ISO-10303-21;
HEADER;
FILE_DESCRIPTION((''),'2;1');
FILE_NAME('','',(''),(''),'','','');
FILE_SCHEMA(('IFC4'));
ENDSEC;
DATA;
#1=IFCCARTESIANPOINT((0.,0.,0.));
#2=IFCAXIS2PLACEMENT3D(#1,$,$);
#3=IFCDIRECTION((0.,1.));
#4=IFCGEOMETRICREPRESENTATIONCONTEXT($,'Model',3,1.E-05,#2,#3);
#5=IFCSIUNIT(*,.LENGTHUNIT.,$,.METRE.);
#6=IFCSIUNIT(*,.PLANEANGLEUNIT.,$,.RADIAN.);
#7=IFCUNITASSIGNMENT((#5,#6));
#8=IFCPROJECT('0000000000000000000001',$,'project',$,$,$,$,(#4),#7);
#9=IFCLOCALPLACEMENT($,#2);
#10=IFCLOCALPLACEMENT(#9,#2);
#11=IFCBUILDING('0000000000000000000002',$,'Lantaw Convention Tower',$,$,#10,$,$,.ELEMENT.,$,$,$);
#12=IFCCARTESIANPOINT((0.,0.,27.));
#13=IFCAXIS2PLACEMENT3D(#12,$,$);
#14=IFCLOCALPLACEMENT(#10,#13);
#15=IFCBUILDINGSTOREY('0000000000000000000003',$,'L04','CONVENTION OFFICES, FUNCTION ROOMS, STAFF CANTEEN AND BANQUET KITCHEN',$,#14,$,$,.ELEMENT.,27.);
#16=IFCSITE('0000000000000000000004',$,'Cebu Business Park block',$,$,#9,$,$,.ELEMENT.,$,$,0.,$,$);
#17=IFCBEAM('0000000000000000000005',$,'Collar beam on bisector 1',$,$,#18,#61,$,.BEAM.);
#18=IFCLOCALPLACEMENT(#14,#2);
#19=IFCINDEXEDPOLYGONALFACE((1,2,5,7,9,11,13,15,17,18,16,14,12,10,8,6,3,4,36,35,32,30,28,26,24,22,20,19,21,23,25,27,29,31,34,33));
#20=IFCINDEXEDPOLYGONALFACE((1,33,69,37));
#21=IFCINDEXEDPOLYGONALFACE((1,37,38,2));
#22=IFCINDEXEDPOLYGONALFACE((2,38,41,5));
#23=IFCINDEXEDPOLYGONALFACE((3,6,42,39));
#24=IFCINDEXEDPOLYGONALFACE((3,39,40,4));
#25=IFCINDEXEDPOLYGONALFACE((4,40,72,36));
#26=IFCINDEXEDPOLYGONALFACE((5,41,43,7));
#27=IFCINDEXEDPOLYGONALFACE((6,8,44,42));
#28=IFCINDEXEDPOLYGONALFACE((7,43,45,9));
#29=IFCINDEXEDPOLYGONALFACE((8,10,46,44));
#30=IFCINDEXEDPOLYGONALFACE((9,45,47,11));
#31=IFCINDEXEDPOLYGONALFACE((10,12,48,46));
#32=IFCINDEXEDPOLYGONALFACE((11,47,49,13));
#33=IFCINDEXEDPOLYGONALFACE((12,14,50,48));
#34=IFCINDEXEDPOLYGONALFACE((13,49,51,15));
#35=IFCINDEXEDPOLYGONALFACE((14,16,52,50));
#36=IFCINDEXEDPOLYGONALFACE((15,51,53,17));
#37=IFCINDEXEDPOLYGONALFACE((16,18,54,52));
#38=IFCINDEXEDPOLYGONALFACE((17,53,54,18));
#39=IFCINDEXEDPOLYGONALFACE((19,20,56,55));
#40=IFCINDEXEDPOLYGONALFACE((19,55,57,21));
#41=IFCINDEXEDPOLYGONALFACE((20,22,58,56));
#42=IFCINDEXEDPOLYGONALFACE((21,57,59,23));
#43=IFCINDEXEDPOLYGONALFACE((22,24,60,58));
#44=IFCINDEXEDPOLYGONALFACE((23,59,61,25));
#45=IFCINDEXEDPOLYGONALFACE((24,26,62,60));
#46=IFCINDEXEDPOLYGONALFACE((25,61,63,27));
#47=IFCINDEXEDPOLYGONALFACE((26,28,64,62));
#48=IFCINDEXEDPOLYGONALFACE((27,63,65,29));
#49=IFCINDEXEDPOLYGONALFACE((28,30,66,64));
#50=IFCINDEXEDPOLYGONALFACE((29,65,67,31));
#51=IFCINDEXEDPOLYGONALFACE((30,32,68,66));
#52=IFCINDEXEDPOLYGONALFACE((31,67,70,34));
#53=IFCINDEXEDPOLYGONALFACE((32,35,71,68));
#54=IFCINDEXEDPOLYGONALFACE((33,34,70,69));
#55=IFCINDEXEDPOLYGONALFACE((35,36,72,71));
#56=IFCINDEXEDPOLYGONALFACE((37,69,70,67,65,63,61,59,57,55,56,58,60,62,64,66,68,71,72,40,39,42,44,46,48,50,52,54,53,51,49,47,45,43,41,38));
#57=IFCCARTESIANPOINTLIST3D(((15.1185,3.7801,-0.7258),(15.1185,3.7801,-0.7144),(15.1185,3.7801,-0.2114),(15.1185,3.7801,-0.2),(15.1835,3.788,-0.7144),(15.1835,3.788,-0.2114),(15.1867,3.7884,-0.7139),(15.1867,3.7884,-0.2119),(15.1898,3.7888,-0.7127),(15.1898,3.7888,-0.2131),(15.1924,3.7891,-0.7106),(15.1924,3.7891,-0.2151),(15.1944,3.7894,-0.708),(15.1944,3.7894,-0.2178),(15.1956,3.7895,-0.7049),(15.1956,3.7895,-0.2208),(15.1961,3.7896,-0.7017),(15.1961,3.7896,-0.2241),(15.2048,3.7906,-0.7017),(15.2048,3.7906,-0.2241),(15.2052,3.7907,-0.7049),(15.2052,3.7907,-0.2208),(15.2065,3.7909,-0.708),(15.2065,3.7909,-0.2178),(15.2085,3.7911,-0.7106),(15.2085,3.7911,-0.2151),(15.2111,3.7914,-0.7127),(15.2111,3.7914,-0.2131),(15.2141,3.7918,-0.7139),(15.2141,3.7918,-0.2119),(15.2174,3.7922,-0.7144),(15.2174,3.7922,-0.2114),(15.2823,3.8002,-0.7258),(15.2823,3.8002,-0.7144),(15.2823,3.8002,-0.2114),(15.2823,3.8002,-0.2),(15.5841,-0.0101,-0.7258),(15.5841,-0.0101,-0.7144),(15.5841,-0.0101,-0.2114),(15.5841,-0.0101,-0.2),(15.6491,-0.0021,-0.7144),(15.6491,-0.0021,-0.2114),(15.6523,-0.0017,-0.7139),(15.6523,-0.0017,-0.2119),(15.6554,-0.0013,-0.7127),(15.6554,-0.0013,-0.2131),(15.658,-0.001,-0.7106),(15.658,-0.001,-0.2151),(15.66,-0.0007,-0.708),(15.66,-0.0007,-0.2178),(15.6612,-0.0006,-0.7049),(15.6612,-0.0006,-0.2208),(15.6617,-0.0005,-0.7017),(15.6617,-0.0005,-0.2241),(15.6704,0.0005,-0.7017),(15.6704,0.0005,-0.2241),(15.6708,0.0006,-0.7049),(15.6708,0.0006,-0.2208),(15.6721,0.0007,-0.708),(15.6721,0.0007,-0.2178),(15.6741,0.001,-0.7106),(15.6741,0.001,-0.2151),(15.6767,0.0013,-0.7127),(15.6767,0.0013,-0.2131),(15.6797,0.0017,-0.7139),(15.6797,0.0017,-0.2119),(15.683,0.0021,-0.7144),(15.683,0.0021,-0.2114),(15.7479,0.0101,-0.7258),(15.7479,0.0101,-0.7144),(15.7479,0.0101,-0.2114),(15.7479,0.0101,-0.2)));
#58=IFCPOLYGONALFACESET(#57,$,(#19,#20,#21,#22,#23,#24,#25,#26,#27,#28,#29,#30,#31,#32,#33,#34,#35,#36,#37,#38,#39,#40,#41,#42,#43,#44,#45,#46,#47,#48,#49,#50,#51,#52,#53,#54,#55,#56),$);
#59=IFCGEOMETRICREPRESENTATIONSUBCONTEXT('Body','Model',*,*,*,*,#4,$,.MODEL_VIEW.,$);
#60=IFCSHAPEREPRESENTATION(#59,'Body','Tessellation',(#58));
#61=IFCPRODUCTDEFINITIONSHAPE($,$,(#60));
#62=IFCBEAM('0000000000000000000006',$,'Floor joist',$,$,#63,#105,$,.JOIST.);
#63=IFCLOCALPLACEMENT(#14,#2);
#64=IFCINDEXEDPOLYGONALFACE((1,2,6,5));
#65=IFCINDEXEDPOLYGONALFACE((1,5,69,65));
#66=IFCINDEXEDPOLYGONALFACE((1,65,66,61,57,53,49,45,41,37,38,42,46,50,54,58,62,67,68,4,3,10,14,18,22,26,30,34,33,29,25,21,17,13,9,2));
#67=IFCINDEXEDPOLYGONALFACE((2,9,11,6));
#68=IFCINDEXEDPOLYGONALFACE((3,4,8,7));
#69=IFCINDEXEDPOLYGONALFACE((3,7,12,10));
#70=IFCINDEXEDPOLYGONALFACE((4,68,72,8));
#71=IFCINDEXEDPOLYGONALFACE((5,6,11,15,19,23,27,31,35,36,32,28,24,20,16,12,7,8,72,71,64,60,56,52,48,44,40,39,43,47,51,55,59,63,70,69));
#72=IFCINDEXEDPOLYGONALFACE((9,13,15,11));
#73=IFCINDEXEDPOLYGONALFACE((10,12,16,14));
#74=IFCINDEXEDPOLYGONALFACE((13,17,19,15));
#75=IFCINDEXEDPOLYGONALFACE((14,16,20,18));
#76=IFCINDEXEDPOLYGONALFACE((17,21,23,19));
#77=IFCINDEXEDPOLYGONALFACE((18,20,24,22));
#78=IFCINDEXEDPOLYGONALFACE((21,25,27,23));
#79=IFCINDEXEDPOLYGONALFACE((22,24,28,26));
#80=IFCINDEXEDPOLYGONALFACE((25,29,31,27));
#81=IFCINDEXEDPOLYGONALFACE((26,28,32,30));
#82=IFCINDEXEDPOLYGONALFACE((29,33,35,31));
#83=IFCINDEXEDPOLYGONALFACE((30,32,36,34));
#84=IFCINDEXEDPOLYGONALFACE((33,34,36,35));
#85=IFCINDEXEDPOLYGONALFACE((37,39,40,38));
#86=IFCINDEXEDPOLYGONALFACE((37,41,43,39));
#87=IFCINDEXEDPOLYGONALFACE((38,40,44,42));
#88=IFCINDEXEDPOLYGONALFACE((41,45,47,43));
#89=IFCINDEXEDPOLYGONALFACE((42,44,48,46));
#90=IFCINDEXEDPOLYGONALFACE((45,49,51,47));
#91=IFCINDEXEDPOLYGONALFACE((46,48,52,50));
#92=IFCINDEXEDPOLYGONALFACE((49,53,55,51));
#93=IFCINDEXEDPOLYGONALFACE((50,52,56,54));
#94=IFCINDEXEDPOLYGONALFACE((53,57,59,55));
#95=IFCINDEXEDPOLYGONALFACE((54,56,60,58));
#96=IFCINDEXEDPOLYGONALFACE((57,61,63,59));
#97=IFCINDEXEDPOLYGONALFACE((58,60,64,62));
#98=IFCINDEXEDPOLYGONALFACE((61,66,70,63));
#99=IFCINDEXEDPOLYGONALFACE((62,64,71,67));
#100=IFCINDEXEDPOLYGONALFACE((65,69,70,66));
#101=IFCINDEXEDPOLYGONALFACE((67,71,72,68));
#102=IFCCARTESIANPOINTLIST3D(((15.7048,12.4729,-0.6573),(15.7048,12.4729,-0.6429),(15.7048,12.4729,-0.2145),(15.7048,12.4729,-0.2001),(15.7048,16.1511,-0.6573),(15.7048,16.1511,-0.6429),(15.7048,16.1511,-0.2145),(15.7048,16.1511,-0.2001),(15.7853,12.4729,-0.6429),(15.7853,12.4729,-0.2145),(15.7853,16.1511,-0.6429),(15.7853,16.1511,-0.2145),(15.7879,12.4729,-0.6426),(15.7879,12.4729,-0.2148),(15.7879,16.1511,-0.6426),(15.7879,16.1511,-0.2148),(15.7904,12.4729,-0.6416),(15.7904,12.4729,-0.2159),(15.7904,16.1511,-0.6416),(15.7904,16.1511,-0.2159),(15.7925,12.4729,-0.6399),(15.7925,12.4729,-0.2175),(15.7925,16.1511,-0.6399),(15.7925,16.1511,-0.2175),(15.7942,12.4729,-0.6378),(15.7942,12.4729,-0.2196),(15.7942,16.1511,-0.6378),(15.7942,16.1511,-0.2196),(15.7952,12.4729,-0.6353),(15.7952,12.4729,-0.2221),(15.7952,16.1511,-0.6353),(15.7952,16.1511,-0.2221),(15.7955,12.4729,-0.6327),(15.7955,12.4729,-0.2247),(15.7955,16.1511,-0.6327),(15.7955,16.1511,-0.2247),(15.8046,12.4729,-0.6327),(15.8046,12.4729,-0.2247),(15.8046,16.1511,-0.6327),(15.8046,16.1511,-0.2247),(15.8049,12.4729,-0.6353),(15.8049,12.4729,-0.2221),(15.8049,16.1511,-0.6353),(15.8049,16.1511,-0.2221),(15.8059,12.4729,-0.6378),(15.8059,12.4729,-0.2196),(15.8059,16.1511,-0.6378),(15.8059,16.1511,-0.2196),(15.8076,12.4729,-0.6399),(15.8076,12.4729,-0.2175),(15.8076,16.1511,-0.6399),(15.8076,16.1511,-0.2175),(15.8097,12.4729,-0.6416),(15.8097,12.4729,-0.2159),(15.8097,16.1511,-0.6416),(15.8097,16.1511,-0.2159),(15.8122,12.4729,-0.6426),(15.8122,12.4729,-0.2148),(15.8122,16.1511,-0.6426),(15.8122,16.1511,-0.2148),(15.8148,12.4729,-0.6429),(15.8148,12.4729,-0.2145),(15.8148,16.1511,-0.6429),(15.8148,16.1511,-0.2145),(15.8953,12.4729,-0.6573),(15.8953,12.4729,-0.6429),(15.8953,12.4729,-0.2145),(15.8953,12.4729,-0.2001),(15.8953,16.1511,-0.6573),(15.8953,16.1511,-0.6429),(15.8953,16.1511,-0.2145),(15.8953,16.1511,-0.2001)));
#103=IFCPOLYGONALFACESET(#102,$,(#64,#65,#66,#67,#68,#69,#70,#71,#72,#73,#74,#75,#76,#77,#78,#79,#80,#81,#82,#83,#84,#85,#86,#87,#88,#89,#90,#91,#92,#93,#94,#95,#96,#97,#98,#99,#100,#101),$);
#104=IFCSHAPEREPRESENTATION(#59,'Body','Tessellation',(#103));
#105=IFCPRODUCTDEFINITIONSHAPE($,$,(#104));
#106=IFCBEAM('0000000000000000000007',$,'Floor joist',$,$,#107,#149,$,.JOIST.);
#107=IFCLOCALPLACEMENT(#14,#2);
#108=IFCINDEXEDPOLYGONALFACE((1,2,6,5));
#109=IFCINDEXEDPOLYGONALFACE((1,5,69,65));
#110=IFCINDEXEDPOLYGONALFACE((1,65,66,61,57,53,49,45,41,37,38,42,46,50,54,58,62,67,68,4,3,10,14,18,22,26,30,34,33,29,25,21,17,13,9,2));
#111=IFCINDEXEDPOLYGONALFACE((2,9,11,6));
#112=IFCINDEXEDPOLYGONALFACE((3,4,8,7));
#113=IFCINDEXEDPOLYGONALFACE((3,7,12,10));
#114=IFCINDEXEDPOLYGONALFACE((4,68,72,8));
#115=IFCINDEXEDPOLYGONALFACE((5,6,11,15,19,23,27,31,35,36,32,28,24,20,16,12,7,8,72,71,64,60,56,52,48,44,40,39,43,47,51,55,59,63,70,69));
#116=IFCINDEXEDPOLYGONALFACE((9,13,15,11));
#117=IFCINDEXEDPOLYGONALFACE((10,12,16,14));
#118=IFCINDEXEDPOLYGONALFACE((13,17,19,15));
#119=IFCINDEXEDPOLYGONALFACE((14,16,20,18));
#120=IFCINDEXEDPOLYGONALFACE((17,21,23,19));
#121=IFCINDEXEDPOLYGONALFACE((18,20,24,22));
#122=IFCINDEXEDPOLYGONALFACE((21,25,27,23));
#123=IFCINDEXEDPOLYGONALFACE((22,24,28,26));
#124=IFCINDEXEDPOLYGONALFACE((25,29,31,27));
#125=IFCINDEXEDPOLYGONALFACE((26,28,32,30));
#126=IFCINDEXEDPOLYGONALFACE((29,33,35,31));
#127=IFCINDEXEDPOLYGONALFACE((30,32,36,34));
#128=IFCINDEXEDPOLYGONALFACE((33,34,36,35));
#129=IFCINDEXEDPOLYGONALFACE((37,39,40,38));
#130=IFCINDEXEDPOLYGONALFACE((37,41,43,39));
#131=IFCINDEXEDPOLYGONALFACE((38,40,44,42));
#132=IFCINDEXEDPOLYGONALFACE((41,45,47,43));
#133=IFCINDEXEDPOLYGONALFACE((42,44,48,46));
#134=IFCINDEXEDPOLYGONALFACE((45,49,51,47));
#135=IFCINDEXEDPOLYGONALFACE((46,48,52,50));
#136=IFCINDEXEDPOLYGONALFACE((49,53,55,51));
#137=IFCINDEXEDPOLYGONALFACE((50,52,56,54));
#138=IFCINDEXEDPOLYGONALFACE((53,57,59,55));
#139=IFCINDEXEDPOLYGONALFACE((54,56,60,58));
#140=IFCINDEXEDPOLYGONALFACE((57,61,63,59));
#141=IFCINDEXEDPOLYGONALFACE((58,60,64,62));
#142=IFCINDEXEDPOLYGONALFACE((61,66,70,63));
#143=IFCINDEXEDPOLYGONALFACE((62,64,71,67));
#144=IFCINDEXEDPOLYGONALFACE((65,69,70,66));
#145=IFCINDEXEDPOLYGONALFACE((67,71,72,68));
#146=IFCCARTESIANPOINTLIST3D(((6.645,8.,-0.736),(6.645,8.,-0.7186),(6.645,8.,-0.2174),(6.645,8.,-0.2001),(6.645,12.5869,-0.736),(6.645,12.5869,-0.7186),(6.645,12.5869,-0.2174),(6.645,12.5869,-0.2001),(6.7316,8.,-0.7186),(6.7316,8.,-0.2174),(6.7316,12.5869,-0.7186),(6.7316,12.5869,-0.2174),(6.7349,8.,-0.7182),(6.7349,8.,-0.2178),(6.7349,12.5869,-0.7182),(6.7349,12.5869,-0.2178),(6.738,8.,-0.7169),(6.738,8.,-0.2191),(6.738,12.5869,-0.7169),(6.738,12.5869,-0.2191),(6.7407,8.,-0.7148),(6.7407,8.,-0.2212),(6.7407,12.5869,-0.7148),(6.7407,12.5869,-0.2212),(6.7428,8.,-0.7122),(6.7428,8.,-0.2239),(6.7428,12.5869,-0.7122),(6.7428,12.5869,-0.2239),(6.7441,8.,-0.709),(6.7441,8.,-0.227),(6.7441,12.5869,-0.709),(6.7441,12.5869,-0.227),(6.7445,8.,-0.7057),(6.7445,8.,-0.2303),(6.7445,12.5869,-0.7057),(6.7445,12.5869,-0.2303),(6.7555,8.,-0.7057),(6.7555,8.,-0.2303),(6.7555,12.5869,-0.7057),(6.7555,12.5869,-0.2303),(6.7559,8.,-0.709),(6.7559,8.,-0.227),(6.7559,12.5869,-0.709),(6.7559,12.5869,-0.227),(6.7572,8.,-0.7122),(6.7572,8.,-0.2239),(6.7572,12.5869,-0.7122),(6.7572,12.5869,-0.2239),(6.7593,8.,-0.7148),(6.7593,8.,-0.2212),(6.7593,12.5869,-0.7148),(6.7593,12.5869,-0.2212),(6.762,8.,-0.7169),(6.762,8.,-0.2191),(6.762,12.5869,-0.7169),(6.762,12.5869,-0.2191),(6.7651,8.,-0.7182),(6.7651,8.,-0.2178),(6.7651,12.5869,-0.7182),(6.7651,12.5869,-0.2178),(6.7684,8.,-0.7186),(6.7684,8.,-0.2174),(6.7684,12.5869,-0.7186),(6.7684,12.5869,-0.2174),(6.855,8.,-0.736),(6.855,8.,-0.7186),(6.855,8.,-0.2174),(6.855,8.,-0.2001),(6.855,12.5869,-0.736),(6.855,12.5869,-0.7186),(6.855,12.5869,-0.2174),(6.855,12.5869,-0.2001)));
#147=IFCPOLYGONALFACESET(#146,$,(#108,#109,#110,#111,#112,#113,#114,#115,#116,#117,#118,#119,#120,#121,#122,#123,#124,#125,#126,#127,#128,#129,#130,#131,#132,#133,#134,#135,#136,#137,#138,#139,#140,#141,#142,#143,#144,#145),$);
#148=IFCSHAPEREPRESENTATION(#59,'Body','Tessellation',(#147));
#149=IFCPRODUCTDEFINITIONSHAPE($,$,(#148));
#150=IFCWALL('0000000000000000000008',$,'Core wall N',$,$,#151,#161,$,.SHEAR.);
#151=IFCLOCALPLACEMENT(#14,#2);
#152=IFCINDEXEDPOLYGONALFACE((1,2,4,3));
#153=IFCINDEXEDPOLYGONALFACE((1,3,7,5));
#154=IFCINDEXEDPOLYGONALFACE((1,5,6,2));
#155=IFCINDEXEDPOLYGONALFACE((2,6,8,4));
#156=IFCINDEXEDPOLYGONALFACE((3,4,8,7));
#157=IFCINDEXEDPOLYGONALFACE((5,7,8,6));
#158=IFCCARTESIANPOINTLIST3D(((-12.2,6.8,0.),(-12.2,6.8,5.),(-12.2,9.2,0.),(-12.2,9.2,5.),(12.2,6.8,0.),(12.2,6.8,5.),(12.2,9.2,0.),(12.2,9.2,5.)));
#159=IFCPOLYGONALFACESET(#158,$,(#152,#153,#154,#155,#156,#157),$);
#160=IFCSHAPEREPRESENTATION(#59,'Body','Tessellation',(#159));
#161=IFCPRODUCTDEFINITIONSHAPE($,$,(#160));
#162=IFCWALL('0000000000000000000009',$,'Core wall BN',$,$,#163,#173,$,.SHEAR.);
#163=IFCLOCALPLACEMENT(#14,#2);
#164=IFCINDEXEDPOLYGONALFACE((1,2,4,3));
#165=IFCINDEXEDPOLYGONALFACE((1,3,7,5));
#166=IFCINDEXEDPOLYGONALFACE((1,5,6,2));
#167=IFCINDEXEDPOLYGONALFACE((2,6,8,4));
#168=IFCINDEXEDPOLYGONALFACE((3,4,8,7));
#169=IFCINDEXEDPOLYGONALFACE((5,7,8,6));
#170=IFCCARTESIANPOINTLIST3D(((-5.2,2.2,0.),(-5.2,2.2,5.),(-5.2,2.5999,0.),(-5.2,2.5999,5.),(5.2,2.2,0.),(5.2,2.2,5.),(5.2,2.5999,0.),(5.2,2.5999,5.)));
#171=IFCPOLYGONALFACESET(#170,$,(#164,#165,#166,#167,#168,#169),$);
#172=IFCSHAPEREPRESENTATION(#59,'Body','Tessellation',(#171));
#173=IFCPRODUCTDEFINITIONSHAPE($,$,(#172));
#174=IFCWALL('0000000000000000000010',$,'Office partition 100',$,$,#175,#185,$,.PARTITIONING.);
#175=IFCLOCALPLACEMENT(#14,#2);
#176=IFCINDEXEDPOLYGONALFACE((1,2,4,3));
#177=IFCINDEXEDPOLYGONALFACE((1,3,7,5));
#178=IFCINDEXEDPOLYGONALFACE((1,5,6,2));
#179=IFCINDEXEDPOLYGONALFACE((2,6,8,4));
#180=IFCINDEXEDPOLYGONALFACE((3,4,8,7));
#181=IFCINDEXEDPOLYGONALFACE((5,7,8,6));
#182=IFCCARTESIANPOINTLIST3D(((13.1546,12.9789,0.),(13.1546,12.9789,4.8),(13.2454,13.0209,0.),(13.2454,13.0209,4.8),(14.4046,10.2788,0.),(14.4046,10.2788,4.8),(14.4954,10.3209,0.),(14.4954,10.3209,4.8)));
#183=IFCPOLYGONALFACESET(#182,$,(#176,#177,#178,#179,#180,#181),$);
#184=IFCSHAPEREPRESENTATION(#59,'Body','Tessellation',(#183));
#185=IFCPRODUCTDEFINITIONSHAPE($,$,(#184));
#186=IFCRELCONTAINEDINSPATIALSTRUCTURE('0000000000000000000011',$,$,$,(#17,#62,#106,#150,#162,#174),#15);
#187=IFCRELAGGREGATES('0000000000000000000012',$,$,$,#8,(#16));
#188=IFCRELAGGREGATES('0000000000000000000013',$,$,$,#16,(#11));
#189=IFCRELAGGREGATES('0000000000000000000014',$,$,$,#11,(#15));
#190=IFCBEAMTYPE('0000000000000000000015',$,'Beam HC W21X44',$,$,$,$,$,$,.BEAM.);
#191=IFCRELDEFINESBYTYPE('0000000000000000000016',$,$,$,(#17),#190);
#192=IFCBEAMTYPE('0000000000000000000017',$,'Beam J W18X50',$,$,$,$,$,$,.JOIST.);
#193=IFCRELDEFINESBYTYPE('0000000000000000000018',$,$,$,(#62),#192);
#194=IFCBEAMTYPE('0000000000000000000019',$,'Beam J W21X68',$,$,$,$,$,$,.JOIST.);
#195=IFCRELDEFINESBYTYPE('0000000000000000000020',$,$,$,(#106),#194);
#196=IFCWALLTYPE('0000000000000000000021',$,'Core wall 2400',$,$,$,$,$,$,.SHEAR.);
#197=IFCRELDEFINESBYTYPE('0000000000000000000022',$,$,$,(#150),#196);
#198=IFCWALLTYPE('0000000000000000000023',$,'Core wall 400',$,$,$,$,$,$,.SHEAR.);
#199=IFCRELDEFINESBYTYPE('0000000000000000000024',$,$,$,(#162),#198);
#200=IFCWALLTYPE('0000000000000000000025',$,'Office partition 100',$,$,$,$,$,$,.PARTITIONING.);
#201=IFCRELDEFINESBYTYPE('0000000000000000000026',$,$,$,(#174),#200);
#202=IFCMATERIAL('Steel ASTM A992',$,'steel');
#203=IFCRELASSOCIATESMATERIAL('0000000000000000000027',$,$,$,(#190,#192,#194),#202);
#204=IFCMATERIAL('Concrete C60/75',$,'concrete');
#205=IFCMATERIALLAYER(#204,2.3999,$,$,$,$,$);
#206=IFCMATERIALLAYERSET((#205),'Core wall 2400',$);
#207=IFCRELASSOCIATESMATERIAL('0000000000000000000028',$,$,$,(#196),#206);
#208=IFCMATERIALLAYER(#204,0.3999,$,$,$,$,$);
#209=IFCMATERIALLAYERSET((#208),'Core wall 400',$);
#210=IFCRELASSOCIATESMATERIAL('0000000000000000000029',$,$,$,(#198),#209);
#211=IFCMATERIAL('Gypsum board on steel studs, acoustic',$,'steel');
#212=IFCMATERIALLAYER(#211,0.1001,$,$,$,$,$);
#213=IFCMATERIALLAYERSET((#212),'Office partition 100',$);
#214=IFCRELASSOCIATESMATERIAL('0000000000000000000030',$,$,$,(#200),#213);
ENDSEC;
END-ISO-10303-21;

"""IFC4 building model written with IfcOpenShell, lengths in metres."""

from ifc_helpers import new_model, si_unit, direction, frame, frame_2d, origin, origin_2d, place, context, subcontext, project, spatial, rectangle, i_section, extrude, material, layer, layer_set, material_profile, profile_set, type_object, element, save


model = new_model("IFC4")

# Units and contexts
model_context = context("Model", 3, precision=1e-05, world=origin(), true_north=direction((0.0, 1.0)))
body_context = subcontext(model_context, "Body", "Model", "MODEL_VIEW")
ifc_project = project(units=[si_unit("LENGTHUNIT", "METRE"), si_unit("PLANEANGLEUNIT", "RADIAN")], contexts=[model_context])

# Site, building, storey
site_placement = place(None, origin())
site = spatial("IfcSite", under=ifc_project, at=site_placement, Name="Cebu Business Park block", CompositionType="ELEMENT", RefElevation=0.0)
building_placement = place(site_placement, origin())
building = spatial("IfcBuilding", under=site, at=building_placement, Name="Lantaw Convention Tower", CompositionType="ELEMENT")
storey_placement = place(building_placement, frame((0.0, 0.0, 27.0)))
storey = spatial("IfcBuildingStorey", under=building, at=storey_placement, Name="L04", Description="CONVENTION OFFICES, FUNCTION ROOMS, STAFF CANTEEN AND BANQUET KITCHEN", CompositionType="ELEMENT", Elevation=27.0)

# Shared definitions
ifc_material_1 = material(Name="Concrete C60/75", Category="concrete")

# Beams
ifc_material_2 = material(Name="Steel ASTM A992", Category="steel")
ifc_material_profile_1 = material_profile(ifc_material_2, i_section(OverallWidth=0.165, OverallDepth=0.5259, WebThickness=0.0088, FlangeThickness=0.0115, FilletRadius=0.0127, at=origin_2d()), Name="W21X44")
ifc_profile_set_1 = profile_set([ifc_material_profile_1], Name="Steel ASTM A992")
beam_type_1 = type_object("IfcBeamType", Name="Beam HC W21X44", PredefinedType="BEAM", material=ifc_profile_set_1)
beam_1_placement = place(storey_placement, frame((15.666, 0.0, -0.4629), z_axis=(-0.121926, 0.992539, 0.0), x_axis=(-0.992539, -0.121926, 0.0)))
element("IfcBeam", 1, at=beam_1_placement, inside=storey, type_object=beam_type_1, Name="Collar beam on bisector 1", PredefinedType="BEAM", context=body_context, shape_type="SweptSolid", body=[
    extrude(i_section(OverallWidth=0.165, OverallDepth=0.5259, WebThickness=0.0088, FlangeThickness=0.0115, FilletRadius=0.0127, at=origin_2d()), origin(), (0.0, 0.0, 1.0), 3.8186),
])
ifc_material_profile_2 = material_profile(ifc_material_2, i_section(OverallWidth=0.1904, OverallDepth=0.4573, WebThickness=0.009, FlangeThickness=0.0144, FilletRadius=0.0103, at=origin_2d()), Name="W18X50")
ifc_profile_set_2 = profile_set([ifc_material_profile_2], Name="Steel ASTM A992")
beam_type_2 = type_object("IfcBeamType", Name="Beam J W18X50", PredefinedType="JOIST", material=ifc_profile_set_2)
beam_2_placement = place(storey_placement, frame((15.8, 12.4729, -0.4287), z_axis=(0.0, 1.0, 0.0), x_axis=(-1.0, 0.0, 0.0)))
element("IfcBeam", 2, at=beam_2_placement, inside=storey, type_object=beam_type_2, Name="Floor joist", PredefinedType="JOIST", context=body_context, shape_type="SweptSolid", body=[
    extrude(i_section(OverallWidth=0.1904, OverallDepth=0.4573, WebThickness=0.009, FlangeThickness=0.0144, FilletRadius=0.0103, at=origin_2d()), origin(), (0.0, 0.0, 1.0), 3.6782),
])
ifc_material_profile_3 = material_profile(ifc_material_2, i_section(OverallWidth=0.21, OverallDepth=0.5359, WebThickness=0.011, FlangeThickness=0.0173, FilletRadius=0.0129, at=origin_2d()), Name="W21X68")
ifc_profile_set_3 = profile_set([ifc_material_profile_3], Name="Steel ASTM A992")
beam_type_3 = type_object("IfcBeamType", Name="Beam J W21X68", PredefinedType="JOIST", material=ifc_profile_set_3)
beam_3_placement = place(storey_placement, frame((6.75, 8.0, -0.468), z_axis=(0.0, 1.0, 0.0), x_axis=(-1.0, 0.0, 0.0)))
element("IfcBeam", 3, at=beam_3_placement, inside=storey, type_object=beam_type_3, Name="Floor joist", PredefinedType="JOIST", context=body_context, shape_type="SweptSolid", body=[
    extrude(i_section(OverallWidth=0.21, OverallDepth=0.5359, WebThickness=0.011, FlangeThickness=0.0173, FilletRadius=0.0129, at=origin_2d()), origin(), (0.0, 0.0, 1.0), 4.5869),
])

# Walls
ifc_layer_1 = layer(ifc_material_1, 2.3999)
ifc_layer_set_1 = layer_set([ifc_layer_1], Name="Core wall 2400")
wall_type_1 = type_object("IfcWallType", Name="Core wall 2400", PredefinedType="SHEAR", material=ifc_layer_set_1)
wall_1_placement = place(storey_placement, frame((12.2, 8.0, 0.0), z_axis=(0.0, 0.0, 1.0), x_axis=(-1.0, 0.0, 0.0)))
element("IfcWall", 4, at=wall_1_placement, inside=storey, type_object=wall_type_1, Name="Core wall N", PredefinedType="SHEAR", context=body_context, shape_type="SweptSolid", body=[
    extrude(rectangle(XDim=24.3999, YDim=2.3999, at=frame_2d((12.2, 0.0))), origin(), (0.0, 0.0, 1.0), 5.0),
])
ifc_layer_2 = layer(ifc_material_1, 0.3999)
ifc_layer_set_2 = layer_set([ifc_layer_2], Name="Core wall 400")
wall_type_2 = type_object("IfcWallType", Name="Core wall 400", PredefinedType="SHEAR", material=ifc_layer_set_2)
wall_2_placement = place(storey_placement, frame((5.2, 2.3999, 0.0), z_axis=(0.0, 0.0, 1.0), x_axis=(-1.0, 0.0, 0.0)))
element("IfcWall", 5, at=wall_2_placement, inside=storey, type_object=wall_type_2, Name="Core wall BN", PredefinedType="SHEAR", context=body_context, shape_type="SweptSolid", body=[
    extrude(rectangle(XDim=10.3999, YDim=0.3999, at=frame_2d((5.2, 0.0))), origin(), (0.0, 0.0, 1.0), 5.0),
])
ifc_material_3 = material(Name="Gypsum board on steel studs, acoustic", Category="steel")
ifc_layer_3 = layer(ifc_material_3, 0.1001)
ifc_layer_set_3 = layer_set([ifc_layer_3], Name="Office partition 100")
wall_type_3 = type_object("IfcWallType", Name="Office partition 100", PredefinedType="PARTITIONING", material=ifc_layer_set_3)
wall_3_placement = place(storey_placement, frame((13.2, 13.0, 0.0), z_axis=(0.0, 0.0, 1.0), x_axis=(0.42013, -0.907464, 0.0)))
element("IfcWall", 6, at=wall_3_placement, inside=storey, type_object=wall_type_3, Name="Office partition 100", PredefinedType="PARTITIONING", context=body_context, shape_type="SweptSolid", body=[
    extrude(rectangle(XDim=2.9753, YDim=0.1001, at=frame_2d((1.4878, 0.0))), origin(), (0.0, 0.0, 1.0), 4.8),
])

save(model, "model.ifc")
